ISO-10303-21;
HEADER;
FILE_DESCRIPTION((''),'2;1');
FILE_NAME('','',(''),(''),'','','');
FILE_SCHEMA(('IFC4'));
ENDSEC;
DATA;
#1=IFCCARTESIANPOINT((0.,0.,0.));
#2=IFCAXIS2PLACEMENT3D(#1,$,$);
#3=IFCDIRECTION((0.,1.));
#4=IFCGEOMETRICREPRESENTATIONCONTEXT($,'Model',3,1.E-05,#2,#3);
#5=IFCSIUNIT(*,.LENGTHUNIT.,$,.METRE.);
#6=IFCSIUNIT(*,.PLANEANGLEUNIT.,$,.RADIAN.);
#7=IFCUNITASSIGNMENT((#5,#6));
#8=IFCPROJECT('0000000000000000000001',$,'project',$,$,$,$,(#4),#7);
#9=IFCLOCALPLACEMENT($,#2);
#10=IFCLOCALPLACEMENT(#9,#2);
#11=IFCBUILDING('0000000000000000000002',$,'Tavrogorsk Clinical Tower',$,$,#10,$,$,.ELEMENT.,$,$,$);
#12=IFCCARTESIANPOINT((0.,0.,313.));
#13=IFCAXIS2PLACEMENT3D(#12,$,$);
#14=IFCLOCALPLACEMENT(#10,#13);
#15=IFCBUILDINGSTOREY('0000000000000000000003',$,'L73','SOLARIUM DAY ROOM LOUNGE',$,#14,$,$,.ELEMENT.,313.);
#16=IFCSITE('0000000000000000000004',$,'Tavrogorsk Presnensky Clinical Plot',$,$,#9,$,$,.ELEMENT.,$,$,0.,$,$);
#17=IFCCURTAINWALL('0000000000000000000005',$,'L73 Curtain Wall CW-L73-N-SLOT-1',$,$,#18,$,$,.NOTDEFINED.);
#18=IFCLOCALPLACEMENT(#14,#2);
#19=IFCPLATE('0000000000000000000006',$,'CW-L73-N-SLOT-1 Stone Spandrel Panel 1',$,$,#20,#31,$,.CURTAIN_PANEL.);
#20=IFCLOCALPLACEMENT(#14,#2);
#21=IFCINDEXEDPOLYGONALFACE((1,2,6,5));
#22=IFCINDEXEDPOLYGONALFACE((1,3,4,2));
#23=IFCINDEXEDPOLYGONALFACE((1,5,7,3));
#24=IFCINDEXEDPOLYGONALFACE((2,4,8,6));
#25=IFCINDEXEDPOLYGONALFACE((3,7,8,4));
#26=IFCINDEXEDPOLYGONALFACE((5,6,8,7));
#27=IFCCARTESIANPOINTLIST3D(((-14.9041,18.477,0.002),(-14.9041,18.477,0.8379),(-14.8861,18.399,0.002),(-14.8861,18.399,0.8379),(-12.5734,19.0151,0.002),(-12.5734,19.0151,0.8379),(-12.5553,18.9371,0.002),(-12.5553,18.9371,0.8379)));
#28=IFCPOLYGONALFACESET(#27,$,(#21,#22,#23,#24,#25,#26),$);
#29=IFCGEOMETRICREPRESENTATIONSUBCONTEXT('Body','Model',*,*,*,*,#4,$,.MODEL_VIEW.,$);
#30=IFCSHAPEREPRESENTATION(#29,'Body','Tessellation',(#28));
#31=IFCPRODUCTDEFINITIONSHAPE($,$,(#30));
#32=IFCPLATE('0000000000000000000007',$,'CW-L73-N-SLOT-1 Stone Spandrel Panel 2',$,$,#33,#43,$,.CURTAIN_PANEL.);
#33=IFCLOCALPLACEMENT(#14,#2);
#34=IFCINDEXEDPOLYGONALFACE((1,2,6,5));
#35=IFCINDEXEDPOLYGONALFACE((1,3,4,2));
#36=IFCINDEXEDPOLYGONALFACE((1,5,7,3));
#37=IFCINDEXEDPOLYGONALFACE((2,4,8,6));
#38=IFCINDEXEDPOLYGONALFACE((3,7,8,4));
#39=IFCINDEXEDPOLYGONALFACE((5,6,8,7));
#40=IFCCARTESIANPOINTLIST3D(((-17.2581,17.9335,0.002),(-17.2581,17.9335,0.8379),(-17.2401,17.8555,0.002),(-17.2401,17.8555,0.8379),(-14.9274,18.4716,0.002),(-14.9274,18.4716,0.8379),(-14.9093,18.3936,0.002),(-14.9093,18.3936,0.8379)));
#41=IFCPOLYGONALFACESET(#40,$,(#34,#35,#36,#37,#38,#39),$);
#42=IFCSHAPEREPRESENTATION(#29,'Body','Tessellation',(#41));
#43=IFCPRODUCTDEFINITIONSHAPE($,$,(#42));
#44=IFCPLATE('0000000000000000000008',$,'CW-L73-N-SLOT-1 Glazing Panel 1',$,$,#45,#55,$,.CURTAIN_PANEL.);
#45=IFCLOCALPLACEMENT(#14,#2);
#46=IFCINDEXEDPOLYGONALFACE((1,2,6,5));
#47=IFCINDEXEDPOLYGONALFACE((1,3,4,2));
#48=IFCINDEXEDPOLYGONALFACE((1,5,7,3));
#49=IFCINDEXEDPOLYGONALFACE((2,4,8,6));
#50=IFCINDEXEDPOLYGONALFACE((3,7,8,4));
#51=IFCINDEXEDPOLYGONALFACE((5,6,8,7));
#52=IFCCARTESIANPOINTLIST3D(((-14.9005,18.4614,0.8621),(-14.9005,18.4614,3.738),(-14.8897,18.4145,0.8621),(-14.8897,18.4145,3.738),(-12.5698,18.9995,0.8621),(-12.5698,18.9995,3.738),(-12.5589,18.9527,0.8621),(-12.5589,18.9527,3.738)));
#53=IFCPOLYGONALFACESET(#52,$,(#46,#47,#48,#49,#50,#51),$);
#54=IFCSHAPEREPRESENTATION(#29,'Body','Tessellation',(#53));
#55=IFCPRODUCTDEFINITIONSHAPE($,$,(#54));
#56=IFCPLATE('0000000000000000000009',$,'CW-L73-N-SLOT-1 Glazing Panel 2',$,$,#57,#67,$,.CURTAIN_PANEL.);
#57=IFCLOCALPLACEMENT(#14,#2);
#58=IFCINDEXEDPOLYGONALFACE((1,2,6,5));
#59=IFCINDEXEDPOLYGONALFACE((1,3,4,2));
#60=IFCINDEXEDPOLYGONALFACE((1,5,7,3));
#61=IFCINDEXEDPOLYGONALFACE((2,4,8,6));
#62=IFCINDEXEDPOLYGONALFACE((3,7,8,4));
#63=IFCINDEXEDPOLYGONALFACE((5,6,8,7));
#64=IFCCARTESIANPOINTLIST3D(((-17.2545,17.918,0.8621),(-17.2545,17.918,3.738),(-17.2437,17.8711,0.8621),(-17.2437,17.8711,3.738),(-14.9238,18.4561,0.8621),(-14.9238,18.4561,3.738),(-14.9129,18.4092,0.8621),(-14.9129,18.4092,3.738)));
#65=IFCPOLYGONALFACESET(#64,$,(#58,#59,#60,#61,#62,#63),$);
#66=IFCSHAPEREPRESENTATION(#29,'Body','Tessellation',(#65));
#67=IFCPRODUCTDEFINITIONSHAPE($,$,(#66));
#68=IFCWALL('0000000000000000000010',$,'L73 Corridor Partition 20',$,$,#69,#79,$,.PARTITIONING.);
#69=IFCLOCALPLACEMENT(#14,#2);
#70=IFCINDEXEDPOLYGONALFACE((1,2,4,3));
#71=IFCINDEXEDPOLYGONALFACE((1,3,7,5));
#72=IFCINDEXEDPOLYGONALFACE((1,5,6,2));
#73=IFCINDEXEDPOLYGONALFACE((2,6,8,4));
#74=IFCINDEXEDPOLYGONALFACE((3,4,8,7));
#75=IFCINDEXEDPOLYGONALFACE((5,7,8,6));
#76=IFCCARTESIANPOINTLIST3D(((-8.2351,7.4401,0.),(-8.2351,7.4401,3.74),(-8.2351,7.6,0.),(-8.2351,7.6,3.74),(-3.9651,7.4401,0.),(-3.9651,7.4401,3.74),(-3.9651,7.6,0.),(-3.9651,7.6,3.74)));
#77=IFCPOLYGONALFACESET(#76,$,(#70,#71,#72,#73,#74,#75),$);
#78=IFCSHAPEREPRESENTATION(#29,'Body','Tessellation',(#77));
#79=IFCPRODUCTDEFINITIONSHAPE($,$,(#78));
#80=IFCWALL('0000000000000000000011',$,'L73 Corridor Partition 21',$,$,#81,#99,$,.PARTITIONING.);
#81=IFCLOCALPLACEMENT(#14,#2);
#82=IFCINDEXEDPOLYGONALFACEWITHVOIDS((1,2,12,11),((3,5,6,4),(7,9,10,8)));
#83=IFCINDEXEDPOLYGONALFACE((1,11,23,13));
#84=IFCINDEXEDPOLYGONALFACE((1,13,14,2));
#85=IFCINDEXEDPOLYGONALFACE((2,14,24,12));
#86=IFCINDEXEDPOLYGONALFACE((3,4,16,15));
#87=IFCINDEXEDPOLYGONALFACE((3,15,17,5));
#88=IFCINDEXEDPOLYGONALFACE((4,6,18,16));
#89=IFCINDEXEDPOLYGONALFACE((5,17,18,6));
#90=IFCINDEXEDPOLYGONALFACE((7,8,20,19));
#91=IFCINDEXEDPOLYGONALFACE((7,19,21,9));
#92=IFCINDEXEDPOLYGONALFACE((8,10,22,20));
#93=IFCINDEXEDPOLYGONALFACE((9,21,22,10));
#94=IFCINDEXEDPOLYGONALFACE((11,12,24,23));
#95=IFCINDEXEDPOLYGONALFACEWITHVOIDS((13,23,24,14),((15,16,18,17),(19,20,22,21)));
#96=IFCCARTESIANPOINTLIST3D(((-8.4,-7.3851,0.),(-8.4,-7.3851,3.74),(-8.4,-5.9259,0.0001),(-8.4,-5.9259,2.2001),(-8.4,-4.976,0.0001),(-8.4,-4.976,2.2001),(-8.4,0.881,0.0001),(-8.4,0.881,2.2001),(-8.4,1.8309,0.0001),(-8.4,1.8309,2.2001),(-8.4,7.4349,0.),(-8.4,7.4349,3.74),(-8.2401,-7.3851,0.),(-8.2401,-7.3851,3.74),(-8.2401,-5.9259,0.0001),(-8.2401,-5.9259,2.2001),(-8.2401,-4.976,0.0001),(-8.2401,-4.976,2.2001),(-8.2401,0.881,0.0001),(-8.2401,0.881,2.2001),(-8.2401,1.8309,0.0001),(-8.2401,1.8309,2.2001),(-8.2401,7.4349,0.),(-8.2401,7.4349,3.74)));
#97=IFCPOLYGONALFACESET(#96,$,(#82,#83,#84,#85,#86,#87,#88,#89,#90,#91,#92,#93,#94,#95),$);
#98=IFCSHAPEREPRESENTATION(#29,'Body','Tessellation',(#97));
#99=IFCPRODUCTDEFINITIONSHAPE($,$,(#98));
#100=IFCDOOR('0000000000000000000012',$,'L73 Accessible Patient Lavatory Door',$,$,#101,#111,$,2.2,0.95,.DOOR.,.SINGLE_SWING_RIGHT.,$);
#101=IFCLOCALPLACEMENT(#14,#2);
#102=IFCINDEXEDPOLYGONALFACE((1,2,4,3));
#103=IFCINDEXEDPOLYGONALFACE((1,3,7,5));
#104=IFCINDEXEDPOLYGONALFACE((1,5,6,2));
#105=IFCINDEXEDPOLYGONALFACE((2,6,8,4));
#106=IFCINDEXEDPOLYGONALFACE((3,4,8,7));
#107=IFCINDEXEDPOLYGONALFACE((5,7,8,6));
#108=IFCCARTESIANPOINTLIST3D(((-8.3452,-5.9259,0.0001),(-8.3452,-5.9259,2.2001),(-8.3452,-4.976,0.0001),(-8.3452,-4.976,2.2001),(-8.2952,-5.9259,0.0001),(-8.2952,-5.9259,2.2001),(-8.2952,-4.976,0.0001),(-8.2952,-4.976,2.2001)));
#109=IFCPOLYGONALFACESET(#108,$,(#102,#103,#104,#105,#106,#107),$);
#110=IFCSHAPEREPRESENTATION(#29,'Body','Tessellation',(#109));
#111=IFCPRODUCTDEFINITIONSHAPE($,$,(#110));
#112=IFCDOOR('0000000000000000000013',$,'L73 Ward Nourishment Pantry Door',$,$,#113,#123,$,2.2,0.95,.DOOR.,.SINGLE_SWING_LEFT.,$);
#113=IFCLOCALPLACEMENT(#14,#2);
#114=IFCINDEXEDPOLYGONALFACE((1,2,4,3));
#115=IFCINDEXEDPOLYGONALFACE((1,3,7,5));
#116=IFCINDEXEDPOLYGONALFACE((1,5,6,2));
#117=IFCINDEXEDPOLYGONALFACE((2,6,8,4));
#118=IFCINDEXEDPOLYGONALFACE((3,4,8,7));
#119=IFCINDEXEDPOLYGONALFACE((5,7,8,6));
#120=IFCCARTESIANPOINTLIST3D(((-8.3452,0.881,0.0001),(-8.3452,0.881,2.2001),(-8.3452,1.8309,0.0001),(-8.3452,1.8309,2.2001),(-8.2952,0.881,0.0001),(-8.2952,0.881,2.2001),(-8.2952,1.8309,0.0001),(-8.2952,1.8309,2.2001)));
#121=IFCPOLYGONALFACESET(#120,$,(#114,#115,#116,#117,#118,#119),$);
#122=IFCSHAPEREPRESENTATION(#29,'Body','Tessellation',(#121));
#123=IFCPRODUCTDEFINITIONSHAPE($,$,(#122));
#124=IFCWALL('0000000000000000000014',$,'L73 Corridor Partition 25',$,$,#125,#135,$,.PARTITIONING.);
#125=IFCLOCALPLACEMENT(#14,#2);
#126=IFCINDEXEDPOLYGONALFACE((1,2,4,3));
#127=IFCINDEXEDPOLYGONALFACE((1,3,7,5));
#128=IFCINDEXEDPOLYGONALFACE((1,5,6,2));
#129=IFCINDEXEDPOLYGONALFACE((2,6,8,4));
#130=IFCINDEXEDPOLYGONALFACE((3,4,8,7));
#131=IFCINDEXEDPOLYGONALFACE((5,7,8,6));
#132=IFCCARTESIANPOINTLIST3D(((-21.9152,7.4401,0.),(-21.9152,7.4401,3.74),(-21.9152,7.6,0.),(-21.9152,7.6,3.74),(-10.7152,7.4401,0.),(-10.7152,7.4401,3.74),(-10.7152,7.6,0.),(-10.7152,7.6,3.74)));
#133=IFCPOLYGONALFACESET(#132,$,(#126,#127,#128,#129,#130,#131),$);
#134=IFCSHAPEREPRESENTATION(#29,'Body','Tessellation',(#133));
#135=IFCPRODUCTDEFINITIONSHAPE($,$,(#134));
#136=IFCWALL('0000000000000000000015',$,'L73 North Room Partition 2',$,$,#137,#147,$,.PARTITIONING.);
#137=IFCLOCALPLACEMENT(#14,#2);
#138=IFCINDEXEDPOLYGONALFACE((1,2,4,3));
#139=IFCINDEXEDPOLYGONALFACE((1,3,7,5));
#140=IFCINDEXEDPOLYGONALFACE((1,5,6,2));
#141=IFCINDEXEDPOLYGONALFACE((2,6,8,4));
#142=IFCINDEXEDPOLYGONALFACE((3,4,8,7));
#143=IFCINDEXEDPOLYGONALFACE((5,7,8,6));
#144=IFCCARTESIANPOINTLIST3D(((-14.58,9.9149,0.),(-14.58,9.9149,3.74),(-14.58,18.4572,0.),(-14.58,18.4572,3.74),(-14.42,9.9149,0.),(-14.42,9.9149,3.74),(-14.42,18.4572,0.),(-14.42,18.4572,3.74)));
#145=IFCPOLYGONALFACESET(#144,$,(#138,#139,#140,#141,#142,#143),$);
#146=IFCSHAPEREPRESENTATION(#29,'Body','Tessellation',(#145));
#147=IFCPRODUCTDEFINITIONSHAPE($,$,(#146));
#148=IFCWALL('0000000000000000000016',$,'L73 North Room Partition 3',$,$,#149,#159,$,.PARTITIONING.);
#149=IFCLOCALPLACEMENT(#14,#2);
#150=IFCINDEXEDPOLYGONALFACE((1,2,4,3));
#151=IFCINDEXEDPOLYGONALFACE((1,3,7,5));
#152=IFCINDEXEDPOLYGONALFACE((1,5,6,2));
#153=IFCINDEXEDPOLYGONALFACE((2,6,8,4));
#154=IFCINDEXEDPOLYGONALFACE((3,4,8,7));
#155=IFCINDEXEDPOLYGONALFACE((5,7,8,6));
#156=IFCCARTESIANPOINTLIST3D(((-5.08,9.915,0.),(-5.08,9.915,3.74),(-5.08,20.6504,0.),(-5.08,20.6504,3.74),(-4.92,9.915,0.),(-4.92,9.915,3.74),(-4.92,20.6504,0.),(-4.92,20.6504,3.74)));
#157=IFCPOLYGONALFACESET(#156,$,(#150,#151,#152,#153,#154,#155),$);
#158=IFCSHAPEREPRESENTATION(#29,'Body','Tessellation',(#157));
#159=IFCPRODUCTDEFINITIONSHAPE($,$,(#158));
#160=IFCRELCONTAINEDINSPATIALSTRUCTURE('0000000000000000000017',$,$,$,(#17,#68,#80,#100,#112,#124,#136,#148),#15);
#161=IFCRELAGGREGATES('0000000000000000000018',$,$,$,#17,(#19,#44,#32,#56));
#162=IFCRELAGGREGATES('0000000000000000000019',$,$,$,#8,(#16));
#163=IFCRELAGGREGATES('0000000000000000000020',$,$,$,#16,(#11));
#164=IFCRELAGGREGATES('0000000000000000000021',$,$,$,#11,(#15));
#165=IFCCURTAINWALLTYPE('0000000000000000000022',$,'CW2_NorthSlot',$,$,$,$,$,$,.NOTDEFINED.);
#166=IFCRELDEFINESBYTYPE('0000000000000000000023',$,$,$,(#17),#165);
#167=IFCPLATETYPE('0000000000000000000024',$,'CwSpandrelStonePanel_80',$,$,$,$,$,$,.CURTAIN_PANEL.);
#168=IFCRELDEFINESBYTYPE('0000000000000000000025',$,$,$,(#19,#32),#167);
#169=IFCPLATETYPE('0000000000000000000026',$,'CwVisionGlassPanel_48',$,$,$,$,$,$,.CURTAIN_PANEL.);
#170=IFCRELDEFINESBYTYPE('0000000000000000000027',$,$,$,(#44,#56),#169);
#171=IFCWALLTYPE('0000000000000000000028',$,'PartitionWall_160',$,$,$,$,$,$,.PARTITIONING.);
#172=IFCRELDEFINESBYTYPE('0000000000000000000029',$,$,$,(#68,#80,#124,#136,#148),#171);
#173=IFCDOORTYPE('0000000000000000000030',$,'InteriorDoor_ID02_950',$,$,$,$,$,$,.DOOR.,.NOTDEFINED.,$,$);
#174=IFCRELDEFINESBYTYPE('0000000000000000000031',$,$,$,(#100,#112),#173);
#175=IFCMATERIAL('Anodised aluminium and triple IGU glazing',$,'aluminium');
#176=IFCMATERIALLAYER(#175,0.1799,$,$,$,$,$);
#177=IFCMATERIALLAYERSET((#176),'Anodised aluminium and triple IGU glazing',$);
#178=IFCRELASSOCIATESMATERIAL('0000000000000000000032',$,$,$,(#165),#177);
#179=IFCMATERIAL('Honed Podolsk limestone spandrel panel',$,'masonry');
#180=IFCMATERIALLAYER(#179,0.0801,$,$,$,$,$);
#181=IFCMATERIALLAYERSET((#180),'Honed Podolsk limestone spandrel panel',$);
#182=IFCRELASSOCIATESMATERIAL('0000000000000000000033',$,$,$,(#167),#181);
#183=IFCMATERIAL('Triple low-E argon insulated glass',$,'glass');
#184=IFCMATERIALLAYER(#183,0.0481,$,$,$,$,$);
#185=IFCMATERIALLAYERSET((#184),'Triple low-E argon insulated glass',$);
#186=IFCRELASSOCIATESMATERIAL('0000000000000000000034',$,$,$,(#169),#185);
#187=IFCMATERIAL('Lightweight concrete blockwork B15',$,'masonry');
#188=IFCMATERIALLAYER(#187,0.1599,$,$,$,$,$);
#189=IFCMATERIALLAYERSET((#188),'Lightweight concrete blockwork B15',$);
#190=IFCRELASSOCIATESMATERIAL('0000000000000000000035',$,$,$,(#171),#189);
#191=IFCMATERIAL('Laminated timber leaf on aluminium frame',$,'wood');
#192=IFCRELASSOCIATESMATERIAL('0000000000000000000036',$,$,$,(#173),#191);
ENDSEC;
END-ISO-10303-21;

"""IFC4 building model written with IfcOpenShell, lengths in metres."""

from ifc_helpers import new_model, si_unit, direction, frame, frame_2d, origin, origin_2d, place, context, subcontext, project, spatial, rectangle, extrude, material, layer, layer_set, type_object, element, fill, aggregate, save


model = new_model("IFC4")

# Units and contexts
model_context = context("Model", 3, precision=1e-05, world=origin(), true_north=direction((0.0, 1.0)))
body_context = subcontext(model_context, "Body", "Model", "MODEL_VIEW")
ifc_project = project(units=[si_unit("LENGTHUNIT", "METRE"), si_unit("PLANEANGLEUNIT", "RADIAN")], contexts=[model_context])

# Site, building, storey
site_placement = place(None, origin())
site = spatial("IfcSite", under=ifc_project, at=site_placement, Name="Tavrogorsk Presnensky Clinical Plot", CompositionType="ELEMENT", RefElevation=0.0)
building_placement = place(site_placement, origin())
building = spatial("IfcBuilding", under=site, at=building_placement, Name="Tavrogorsk Clinical Tower", CompositionType="ELEMENT")
storey_placement = place(building_placement, frame((0.0, 0.0, 313.0)))
storey = spatial("IfcBuildingStorey", under=building, at=storey_placement, Name="L73", Description="SOLARIUM DAY ROOM LOUNGE", CompositionType="ELEMENT", Elevation=313.0)

# Curtain wall
ifc_material_1 = material(Name="Anodised aluminium and triple IGU glazing", Category="aluminium")
ifc_layer_1 = layer(ifc_material_1, 0.1799)
ifc_layer_set_1 = layer_set([ifc_layer_1], Name="Anodised aluminium and triple IGU glazing")
curtain_wall_type = type_object("IfcCurtainWallType", Name="CW2_NorthSlot", PredefinedType="NOTDEFINED", material=ifc_layer_set_1)
curtain_wall_placement = place(storey_placement, origin())
curtain_wall = element("IfcCurtainWall", 1, at=curtain_wall_placement, inside=storey, type_object=curtain_wall_type, Name="L73 Curtain Wall CW-L73-N-SLOT-1", PredefinedType="NOTDEFINED")

# Plates
ifc_material_2 = material(Name="Honed Podolsk limestone spandrel panel", Category="masonry")
ifc_layer_2 = layer(ifc_material_2, 0.0801)
ifc_layer_set_2 = layer_set([ifc_layer_2], Name="Honed Podolsk limestone spandrel panel")
plate_type_1 = type_object("IfcPlateType", Name="CwSpandrelStonePanel_80", PredefinedType="CURTAIN_PANEL", material=ifc_layer_set_2)
plate_1_placement = place(storey_placement, frame((-13.7297, 18.707, 0.002), z_axis=(0.0, 0.0, 1.0), x_axis=(-0.97437, -0.224951, 0.0)))
plate_1 = element("IfcPlate", 2, at=plate_1_placement, type_object=plate_type_1, Name="CW-L73-N-SLOT-1 Stone Spandrel Panel 1", PredefinedType="CURTAIN_PANEL", context=body_context, shape_type="SweptSolid", body=[
    extrude(rectangle(XDim=2.3921, YDim=0.0801, at=origin_2d()), origin(), (0.0, 0.0, 1.0), 0.8359),
])
plate_2_placement = place(storey_placement, frame((-16.0837, 18.1636, 0.002), z_axis=(0.0, 0.0, 1.0), x_axis=(-0.97437, -0.224951, 0.0)))
plate_2 = element("IfcPlate", 3, at=plate_2_placement, type_object=plate_type_1, Name="CW-L73-N-SLOT-1 Stone Spandrel Panel 2", PredefinedType="CURTAIN_PANEL", context=body_context, shape_type="SweptSolid", body=[
    extrude(rectangle(XDim=2.3921, YDim=0.0801, at=origin_2d()), origin(), (0.0, 0.0, 1.0), 0.8359),
])
ifc_material_3 = material(Name="Triple low-E argon insulated glass", Category="glass")
ifc_layer_3 = layer(ifc_material_3, 0.0481)
ifc_layer_set_3 = layer_set([ifc_layer_3], Name="Triple low-E argon insulated glass")
plate_type_2 = type_object("IfcPlateType", Name="CwVisionGlassPanel_48", PredefinedType="CURTAIN_PANEL", material=ifc_layer_set_3)
plate_3_placement = place(storey_placement, frame((-13.7297, 18.707, 0.8621), z_axis=(0.0, 0.0, 1.0), x_axis=(-0.97437, -0.224951, 0.0)))
plate_3 = element("IfcPlate", 4, at=plate_3_placement, type_object=plate_type_2, Name="CW-L73-N-SLOT-1 Glazing Panel 1", PredefinedType="CURTAIN_PANEL", context=body_context, shape_type="SweptSolid", body=[
    extrude(rectangle(XDim=2.3921, YDim=0.0481, at=origin_2d()), origin(), (0.0, 0.0, 1.0), 2.876),
])
plate_4_placement = place(storey_placement, frame((-16.0837, 18.1636, 0.8621), z_axis=(0.0, 0.0, 1.0), x_axis=(-0.97437, -0.224951, 0.0)))
plate_4 = element("IfcPlate", 5, at=plate_4_placement, type_object=plate_type_2, Name="CW-L73-N-SLOT-1 Glazing Panel 2", PredefinedType="CURTAIN_PANEL", context=body_context, shape_type="SweptSolid", body=[
    extrude(rectangle(XDim=2.3921, YDim=0.0481, at=origin_2d()), origin(), (0.0, 0.0, 1.0), 2.876),
])
aggregate(curtain_wall, [plate_1, plate_3, plate_2, plate_4])

# Wall
ifc_material_4 = material(Name="Lightweight concrete blockwork B15", Category="masonry")
ifc_layer_4 = layer(ifc_material_4, 0.1599)
ifc_layer_set_4 = layer_set([ifc_layer_4], Name="Lightweight concrete blockwork B15")
wall_type_1 = type_object("IfcWallType", Name="PartitionWall_160", PredefinedType="PARTITIONING", material=ifc_layer_set_4)
wall_1_placement = place(storey_placement, frame((-3.9651, 7.52, 0.0), z_axis=(0.0, 0.0, 1.0), x_axis=(-1.0, 0.0, 0.0)))
element("IfcWall", 6, at=wall_1_placement, inside=storey, type_object=wall_type_1, Name="L73 Corridor Partition 20", PredefinedType="PARTITIONING", context=body_context, shape_type="SweptSolid", body=[
    extrude(rectangle(XDim=4.27, YDim=0.1599, at=frame_2d((2.135, 0.0))), origin(), (0.0, 0.0, 1.0), 3.74),
])

# Wall, openings, doors
wall_2_placement = place(storey_placement, frame((-8.3201, 7.4351, 0.0), z_axis=(0.0, 0.0, 1.0), x_axis=(0.0, -1.0, 0.0)))
wall_2 = element("IfcWall", 7, at=wall_2_placement, inside=storey, type_object=wall_type_1, Name="L73 Corridor Partition 21", PredefinedType="PARTITIONING", context=body_context, shape_type="SweptSolid", body=[
    extrude(rectangle(XDim=14.8201, YDim=0.1599, at=frame_2d((7.4102, 0.0))), origin(), (0.0, 0.0, 1.0), 3.74),
])
opening_1_placement = place(wall_2_placement, frame((12.4109, 0.0, 0.0)))
opening_1 = element("IfcOpeningElement", 8, at=opening_1_placement, cuts=wall_2, PredefinedType="OPENING", context=body_context, shape_type="SweptSolid", body=[
    extrude(rectangle(XDim=0.95, YDim=2.2, at=frame_2d((0.4751, 1.1001))), frame((0.0, 0.0898, 0.0), z_axis=(0.0, -1.0, 0.0), x_axis=(1.0, 0.0, 0.0)), (0.0, 0.0, 1.0), 0.1799),
])
opening_2_placement = place(wall_2_placement, frame((5.604, 0.0, 0.0)))
opening_2 = element("IfcOpeningElement", 9, at=opening_2_placement, cuts=wall_2, PredefinedType="OPENING", context=body_context, shape_type="SweptSolid", body=[
    extrude(rectangle(XDim=0.95, YDim=2.2, at=frame_2d((0.4751, 1.1001))), frame((0.0, 0.0898, 0.0), z_axis=(0.0, -1.0, 0.0), x_axis=(1.0, 0.0, 0.0)), (0.0, 0.0, 1.0), 0.1799),
])
ifc_material_5 = material(Name="Laminated timber leaf on aluminium frame", Category="wood")
door_type = type_object("IfcDoorType", Name="InteriorDoor_ID02_950", OperationType="NOTDEFINED", PredefinedType="DOOR", material=ifc_material_5)
door_1_placement = place(opening_1_placement, origin())
door_1 = element("IfcDoor", 10, at=door_1_placement, inside=storey, type_object=door_type, Name="L73 Accessible Patient Lavatory Door", OperationType="SINGLE_SWING_RIGHT", OverallHeight=2.2, OverallWidth=0.95, PredefinedType="DOOR", context=body_context, shape_type="SweptSolid", body=[
    extrude(rectangle(XDim=0.95, YDim=2.2, at=frame_2d((0.4751, 1.1001))), frame((0.0, 0.0249, 0.0), z_axis=(0.0, -1.0, 0.0), x_axis=(1.0, 0.0, 0.0)), (0.0, 0.0, 1.0), 0.05),
])
fill(opening_1, door_1)
door_2_placement = place(opening_2_placement, origin())
door_2 = element("IfcDoor", 11, at=door_2_placement, inside=storey, type_object=door_type, Name="L73 Ward Nourishment Pantry Door", OperationType="SINGLE_SWING_LEFT", OverallHeight=2.2, OverallWidth=0.95, PredefinedType="DOOR", context=body_context, shape_type="SweptSolid", body=[
    extrude(rectangle(XDim=0.95, YDim=2.2, at=frame_2d((0.4751, 1.1001))), frame((0.0, 0.0249, 0.0), z_axis=(0.0, -1.0, 0.0), x_axis=(1.0, 0.0, 0.0)), (0.0, 0.0, 1.0), 0.05),
])
fill(opening_2, door_2)

# Walls
wall_3_placement = place(storey_placement, frame((-10.7151, 7.52, 0.0), z_axis=(0.0, 0.0, 1.0), x_axis=(-1.0, 0.0, 0.0)))
element("IfcWall", 12, at=wall_3_placement, inside=storey, type_object=wall_type_1, Name="L73 Corridor Partition 25", PredefinedType="PARTITIONING", context=body_context, shape_type="SweptSolid", body=[
    extrude(rectangle(XDim=11.2, YDim=0.1599, at=frame_2d((5.6001, 0.0))), origin(), (0.0, 0.0, 1.0), 3.74),
])
wall_4_placement = place(storey_placement, frame((-14.5, 9.915, 0.0), z_axis=(0.0, 0.0, 1.0), x_axis=(0.0, 1.0, 0.0)))
element("IfcWall", 13, at=wall_4_placement, inside=storey, type_object=wall_type_1, Name="L73 North Room Partition 2", PredefinedType="PARTITIONING", context=body_context, shape_type="SweptSolid", body=[
    extrude(rectangle(XDim=8.5422, YDim=0.1599, at=frame_2d((4.271, 0.0))), origin(), (0.0, 0.0, 1.0), 3.74),
])
wall_5_placement = place(storey_placement, frame((-5.0, 9.915, 0.0), z_axis=(0.0, 0.0, 1.0), x_axis=(0.0, 1.0, 0.0)))
element("IfcWall", 14, at=wall_5_placement, inside=storey, type_object=wall_type_1, Name="L73 North Room Partition 3", PredefinedType="PARTITIONING", context=body_context, shape_type="SweptSolid", body=[
    extrude(rectangle(XDim=10.7354, YDim=0.1599, at=frame_2d((5.3677, 0.0))), origin(), (0.0, 0.0, 1.0), 3.74),
])

save(model, "model.ifc")
